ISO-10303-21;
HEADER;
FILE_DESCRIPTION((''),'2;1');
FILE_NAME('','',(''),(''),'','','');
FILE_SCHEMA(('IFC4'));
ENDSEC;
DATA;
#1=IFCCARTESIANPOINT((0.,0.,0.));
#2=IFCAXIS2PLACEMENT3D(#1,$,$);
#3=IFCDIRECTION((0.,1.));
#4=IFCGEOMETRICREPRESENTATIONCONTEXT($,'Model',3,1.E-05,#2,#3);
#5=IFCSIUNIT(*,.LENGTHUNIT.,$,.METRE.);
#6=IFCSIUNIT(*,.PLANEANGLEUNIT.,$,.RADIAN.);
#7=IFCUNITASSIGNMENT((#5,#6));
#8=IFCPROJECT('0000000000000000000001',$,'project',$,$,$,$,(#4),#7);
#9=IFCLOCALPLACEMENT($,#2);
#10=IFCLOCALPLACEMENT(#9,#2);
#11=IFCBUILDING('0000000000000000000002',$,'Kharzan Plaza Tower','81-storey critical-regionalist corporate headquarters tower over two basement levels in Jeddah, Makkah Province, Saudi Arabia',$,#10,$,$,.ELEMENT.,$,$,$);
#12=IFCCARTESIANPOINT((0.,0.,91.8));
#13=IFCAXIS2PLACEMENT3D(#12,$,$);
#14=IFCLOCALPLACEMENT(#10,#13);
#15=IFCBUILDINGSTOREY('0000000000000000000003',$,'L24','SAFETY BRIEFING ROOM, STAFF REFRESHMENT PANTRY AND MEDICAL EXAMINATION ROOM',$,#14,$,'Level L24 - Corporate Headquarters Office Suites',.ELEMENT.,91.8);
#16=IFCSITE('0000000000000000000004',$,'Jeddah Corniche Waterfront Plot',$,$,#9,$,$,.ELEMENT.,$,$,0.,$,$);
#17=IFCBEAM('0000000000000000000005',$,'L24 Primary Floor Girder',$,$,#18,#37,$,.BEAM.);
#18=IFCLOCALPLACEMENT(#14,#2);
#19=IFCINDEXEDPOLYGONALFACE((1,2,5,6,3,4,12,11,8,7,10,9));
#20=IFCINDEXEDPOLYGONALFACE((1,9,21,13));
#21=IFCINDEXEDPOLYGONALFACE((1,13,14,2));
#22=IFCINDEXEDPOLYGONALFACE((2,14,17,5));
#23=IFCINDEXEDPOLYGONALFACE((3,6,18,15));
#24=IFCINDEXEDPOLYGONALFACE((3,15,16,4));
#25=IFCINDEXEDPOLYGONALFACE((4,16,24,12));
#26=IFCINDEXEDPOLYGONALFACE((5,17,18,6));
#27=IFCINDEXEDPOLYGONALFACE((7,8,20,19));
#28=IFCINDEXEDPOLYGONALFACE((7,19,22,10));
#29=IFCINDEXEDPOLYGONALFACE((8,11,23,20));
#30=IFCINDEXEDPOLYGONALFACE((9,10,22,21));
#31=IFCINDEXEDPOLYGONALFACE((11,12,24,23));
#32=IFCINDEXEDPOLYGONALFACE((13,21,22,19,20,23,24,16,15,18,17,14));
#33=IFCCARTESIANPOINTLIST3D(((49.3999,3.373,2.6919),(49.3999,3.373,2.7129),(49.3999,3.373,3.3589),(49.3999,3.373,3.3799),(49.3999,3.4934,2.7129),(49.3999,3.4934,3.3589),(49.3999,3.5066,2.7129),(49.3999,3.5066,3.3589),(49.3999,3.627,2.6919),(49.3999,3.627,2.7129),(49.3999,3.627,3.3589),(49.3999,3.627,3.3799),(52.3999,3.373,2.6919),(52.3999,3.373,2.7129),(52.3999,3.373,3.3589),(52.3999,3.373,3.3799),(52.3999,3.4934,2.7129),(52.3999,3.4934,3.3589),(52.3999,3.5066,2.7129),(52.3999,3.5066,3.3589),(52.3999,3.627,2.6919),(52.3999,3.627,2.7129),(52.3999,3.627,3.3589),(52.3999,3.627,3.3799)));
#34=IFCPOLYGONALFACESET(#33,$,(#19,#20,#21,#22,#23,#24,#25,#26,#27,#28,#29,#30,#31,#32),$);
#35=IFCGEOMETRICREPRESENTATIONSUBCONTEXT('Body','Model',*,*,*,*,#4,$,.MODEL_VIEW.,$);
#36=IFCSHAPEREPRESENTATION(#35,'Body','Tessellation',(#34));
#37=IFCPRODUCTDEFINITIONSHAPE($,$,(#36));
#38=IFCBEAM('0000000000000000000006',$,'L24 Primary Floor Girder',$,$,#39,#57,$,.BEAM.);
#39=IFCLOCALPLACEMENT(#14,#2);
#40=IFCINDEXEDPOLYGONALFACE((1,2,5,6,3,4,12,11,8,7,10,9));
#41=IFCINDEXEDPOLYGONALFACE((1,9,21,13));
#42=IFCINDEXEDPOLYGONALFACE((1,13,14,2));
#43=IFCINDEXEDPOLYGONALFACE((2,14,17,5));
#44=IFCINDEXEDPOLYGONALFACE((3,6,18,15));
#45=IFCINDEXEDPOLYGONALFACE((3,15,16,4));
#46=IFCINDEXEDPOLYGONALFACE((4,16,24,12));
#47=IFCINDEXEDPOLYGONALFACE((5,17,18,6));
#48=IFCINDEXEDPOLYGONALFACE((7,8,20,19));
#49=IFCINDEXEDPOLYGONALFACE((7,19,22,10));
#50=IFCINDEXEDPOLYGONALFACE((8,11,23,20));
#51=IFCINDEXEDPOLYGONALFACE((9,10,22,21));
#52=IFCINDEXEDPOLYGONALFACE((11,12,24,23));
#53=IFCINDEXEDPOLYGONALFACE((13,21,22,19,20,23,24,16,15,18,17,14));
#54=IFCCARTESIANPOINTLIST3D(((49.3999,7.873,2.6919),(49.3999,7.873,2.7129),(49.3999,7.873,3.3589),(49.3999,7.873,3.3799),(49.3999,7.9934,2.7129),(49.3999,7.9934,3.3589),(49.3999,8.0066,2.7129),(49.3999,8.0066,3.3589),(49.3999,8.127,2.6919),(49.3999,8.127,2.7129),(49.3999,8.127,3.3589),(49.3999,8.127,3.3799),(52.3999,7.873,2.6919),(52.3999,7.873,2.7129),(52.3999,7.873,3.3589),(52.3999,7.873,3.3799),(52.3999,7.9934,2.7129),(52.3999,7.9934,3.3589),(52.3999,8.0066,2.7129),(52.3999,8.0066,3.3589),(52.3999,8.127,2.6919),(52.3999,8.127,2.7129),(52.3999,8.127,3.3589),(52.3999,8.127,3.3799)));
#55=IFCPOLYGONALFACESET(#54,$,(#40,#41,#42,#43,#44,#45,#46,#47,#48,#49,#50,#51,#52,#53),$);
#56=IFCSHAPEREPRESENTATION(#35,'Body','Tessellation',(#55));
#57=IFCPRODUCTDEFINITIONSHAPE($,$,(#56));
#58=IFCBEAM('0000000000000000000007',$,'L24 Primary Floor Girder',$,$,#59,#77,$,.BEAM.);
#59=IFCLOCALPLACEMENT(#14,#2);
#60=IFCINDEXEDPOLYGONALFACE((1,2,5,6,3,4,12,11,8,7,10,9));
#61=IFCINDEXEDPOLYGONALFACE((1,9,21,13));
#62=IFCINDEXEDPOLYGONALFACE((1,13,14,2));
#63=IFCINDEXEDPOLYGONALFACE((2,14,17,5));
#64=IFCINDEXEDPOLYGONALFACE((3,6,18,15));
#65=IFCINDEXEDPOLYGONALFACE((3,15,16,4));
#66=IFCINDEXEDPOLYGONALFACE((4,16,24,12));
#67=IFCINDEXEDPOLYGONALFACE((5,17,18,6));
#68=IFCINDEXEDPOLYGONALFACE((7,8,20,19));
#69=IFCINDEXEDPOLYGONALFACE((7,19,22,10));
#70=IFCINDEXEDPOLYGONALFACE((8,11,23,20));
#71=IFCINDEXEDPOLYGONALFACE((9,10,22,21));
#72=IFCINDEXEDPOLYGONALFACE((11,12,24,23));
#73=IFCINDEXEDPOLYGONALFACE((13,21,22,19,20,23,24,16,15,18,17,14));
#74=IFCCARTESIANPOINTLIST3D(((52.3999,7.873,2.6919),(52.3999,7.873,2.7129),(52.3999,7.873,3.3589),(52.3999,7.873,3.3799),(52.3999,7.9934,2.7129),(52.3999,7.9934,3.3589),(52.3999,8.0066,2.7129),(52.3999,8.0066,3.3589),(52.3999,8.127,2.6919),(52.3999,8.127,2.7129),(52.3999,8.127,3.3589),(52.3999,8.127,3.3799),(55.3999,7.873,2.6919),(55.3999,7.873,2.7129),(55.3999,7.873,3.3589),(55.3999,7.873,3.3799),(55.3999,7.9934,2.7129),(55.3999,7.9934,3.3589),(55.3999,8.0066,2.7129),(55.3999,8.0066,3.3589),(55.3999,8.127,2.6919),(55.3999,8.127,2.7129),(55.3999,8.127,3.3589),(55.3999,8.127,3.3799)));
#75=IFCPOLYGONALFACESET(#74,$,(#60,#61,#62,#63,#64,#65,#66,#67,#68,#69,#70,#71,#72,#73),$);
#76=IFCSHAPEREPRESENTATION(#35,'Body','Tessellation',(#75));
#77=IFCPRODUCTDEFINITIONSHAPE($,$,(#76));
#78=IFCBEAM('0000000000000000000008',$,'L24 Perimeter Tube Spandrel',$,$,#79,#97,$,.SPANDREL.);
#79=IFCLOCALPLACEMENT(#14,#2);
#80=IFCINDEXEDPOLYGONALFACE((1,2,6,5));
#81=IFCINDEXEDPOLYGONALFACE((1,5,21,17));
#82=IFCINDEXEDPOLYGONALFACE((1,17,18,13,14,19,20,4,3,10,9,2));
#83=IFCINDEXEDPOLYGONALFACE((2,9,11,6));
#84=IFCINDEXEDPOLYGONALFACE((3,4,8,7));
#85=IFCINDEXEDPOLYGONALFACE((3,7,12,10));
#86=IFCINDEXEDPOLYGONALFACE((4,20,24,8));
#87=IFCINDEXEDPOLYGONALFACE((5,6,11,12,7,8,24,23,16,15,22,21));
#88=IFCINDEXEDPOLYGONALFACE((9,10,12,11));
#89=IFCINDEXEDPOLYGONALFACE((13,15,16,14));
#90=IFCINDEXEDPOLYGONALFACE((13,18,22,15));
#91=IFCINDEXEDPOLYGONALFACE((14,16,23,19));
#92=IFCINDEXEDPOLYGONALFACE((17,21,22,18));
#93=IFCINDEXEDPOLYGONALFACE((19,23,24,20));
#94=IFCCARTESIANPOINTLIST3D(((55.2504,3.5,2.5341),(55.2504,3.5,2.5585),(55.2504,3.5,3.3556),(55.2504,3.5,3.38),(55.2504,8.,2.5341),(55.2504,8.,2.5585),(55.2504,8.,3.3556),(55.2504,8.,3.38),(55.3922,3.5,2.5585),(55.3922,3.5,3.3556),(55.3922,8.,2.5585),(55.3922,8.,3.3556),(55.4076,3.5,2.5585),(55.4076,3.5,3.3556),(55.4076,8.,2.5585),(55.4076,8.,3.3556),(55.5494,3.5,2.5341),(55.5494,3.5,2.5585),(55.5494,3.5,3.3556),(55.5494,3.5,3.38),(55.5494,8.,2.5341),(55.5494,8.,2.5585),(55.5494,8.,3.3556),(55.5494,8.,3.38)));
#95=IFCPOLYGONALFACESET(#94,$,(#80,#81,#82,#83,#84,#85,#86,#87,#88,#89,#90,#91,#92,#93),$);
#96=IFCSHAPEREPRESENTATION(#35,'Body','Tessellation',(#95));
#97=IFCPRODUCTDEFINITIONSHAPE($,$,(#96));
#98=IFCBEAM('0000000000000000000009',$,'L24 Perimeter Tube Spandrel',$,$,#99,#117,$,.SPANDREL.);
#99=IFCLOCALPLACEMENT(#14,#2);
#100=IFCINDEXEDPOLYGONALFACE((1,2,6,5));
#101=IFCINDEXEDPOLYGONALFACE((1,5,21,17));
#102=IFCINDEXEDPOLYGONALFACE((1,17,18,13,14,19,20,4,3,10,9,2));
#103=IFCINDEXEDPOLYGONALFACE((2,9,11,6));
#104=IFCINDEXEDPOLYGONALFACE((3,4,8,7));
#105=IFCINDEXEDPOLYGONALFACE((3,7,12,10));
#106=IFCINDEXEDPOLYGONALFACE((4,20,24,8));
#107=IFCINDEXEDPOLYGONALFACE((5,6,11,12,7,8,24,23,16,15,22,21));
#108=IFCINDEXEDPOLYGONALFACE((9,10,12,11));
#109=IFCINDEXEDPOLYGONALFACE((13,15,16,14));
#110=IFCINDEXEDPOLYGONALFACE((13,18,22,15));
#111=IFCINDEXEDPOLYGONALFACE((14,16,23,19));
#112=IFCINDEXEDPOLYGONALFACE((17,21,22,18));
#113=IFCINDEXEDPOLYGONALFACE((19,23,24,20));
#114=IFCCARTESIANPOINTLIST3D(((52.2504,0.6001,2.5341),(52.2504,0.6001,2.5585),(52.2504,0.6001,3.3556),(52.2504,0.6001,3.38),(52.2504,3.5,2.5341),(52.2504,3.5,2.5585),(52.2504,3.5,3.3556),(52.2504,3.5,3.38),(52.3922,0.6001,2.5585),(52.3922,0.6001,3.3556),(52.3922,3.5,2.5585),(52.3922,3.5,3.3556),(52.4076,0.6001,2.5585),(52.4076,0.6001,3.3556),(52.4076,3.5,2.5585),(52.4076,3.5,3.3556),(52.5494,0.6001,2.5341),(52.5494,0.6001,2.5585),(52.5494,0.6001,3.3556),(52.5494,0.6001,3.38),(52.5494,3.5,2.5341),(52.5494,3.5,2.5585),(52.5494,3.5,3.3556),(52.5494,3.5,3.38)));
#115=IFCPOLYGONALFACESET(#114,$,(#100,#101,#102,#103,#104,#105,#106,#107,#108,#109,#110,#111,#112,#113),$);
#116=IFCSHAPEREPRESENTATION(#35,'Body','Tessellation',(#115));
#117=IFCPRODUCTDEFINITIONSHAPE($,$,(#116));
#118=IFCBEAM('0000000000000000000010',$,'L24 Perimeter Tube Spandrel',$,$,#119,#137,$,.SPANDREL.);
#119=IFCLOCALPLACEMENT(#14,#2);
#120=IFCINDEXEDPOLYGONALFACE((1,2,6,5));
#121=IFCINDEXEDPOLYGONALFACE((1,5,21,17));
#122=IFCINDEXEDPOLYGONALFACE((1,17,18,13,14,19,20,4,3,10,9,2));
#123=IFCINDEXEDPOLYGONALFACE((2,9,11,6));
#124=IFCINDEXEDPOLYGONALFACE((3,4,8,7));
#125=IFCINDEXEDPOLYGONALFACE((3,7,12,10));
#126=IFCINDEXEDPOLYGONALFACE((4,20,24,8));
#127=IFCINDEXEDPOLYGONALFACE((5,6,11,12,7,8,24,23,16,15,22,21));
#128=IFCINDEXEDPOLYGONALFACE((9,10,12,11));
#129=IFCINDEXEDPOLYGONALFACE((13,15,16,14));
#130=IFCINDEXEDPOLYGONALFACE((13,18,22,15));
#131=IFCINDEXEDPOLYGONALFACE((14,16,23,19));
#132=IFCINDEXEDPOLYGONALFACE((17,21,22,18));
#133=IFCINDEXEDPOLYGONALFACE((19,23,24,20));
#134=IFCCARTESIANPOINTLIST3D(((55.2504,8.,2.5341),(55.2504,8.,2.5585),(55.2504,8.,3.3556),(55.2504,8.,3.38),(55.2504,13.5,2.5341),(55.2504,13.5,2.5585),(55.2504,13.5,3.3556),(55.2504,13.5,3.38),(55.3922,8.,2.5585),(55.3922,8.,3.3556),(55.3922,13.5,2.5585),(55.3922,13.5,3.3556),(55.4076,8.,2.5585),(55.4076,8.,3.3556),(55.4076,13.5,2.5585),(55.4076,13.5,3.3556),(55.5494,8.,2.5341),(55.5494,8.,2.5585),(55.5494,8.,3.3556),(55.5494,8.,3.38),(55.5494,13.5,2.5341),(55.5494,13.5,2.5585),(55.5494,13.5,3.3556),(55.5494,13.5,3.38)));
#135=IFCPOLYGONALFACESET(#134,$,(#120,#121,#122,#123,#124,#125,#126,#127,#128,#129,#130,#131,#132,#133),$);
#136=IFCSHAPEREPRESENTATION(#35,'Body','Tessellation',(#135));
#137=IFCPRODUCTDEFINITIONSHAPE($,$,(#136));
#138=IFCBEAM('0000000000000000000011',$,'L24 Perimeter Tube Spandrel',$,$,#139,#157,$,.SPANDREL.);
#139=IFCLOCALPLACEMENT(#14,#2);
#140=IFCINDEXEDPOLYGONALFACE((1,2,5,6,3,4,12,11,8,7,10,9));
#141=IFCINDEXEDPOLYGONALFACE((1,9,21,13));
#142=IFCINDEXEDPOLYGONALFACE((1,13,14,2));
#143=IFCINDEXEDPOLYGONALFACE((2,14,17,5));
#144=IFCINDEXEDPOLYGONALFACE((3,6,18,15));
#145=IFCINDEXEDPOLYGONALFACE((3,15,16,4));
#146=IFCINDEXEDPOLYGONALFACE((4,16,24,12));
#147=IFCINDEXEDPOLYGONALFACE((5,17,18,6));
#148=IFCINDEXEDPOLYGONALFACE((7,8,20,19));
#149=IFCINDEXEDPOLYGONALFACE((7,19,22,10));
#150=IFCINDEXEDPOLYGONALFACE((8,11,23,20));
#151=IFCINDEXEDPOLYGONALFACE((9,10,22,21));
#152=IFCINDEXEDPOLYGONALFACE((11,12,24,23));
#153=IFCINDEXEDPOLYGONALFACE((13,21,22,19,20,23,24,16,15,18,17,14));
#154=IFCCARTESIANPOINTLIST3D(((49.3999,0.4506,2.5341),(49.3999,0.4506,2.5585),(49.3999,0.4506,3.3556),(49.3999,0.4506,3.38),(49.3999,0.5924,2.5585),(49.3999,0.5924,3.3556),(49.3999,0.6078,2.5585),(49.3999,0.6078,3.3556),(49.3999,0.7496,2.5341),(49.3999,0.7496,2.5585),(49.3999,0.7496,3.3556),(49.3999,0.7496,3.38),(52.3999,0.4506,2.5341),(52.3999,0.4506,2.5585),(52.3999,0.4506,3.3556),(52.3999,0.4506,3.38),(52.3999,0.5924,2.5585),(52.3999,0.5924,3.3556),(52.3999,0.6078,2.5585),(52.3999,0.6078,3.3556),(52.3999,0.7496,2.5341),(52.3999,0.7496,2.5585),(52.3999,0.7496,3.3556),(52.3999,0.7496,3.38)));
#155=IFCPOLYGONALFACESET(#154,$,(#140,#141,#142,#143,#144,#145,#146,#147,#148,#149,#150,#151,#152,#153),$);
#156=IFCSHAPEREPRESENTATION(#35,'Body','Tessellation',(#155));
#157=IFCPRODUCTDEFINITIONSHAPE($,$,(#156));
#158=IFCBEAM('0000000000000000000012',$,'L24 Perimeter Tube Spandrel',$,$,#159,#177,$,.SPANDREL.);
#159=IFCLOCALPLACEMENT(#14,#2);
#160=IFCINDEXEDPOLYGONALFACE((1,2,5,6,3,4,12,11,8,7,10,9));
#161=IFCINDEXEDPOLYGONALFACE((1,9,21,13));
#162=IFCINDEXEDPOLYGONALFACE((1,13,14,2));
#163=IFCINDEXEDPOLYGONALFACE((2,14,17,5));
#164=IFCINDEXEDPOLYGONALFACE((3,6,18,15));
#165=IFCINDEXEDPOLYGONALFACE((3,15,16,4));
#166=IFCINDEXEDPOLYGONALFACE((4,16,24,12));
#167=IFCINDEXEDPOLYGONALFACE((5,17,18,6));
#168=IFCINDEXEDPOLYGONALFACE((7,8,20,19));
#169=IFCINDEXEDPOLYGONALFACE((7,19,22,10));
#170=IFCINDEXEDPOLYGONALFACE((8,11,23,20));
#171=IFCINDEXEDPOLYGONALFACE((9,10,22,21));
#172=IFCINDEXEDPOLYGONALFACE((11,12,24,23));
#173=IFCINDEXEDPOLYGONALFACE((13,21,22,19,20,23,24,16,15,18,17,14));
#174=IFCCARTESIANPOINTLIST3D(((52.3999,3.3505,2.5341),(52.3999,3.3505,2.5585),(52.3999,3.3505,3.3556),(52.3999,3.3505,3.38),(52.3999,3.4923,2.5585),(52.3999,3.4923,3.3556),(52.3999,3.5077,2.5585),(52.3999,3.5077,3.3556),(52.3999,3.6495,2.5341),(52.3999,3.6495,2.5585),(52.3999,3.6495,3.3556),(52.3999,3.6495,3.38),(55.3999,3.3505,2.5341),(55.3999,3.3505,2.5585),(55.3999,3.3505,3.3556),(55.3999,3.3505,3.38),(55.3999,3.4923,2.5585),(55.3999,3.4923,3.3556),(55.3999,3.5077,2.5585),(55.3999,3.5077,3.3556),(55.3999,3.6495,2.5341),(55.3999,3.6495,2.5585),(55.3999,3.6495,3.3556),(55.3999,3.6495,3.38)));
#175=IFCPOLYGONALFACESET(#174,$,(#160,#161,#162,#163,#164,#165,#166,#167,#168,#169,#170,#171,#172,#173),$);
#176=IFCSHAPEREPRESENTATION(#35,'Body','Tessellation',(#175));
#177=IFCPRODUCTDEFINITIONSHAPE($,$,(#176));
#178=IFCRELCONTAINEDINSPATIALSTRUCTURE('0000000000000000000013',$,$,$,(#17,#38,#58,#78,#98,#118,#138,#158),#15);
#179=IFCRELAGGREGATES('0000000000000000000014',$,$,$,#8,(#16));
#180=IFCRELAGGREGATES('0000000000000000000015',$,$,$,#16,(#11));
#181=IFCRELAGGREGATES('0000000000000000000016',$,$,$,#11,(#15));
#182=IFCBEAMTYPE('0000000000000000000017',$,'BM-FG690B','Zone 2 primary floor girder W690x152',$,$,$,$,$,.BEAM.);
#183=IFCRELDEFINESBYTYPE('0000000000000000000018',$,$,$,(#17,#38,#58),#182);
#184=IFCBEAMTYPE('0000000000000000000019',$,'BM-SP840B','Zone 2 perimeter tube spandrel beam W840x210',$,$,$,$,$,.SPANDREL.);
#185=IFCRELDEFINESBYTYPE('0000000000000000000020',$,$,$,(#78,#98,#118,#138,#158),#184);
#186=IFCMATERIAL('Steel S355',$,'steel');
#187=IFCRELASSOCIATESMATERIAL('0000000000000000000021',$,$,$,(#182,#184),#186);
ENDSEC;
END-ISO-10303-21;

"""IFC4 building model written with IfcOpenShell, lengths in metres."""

from ifc_helpers import new_model, si_unit, direction, frame, origin, origin_2d, place, context, subcontext, project, spatial, i_section, extrude, source, transform, mapped, material, material_profile, profile_set, type_object, element, save


model = new_model("IFC4")

# Units and contexts
model_context = context("Model", 3, precision=1e-05, world=origin(), true_north=direction((0.0, 1.0)))
body_context = subcontext(model_context, "Body", "Model", "MODEL_VIEW")
ifc_project = project(units=[si_unit("LENGTHUNIT", "METRE"), si_unit("PLANEANGLEUNIT", "RADIAN")], contexts=[model_context])

# Site, building, storey
site_placement = place(None, origin())
site = spatial("IfcSite", under=ifc_project, at=site_placement, Name="Jeddah Corniche Waterfront Plot", CompositionType="ELEMENT", RefElevation=0.0)
building_placement = place(site_placement, origin())
building = spatial("IfcBuilding", under=site, at=building_placement, Name="Kharzan Plaza Tower", Description="81-storey critical-regionalist corporate headquarters tower over two basement levels in Jeddah, Makkah Province, Saudi Arabia", CompositionType="ELEMENT")
storey_placement = place(building_placement, frame((0.0, 0.0, 91.8)))
storey = spatial("IfcBuildingStorey", under=building, at=storey_placement, Name="L24", Description="SAFETY BRIEFING ROOM, STAFF REFRESHMENT PANTRY AND MEDICAL EXAMINATION ROOM", LongName="Level L24 - Corporate Headquarters Office Suites", CompositionType="ELEMENT", Elevation=91.8)

# Beams
ifc_material_1 = material(Name="Steel S355", Category="steel")
ifc_material_profile_1 = material_profile(ifc_material_1, i_section(OverallWidth=0.2539, OverallDepth=0.688, WebThickness=0.0132, FlangeThickness=0.021, at=origin_2d()), Name="W690x152")
ifc_profile_set_1 = profile_set([ifc_material_profile_1], Name="Steel S355")
beam_type_1 = type_object("IfcBeamType", Name="BM-FG690B", Description="Zone 2 primary floor girder W690x152", PredefinedType="BEAM", material=ifc_profile_set_1)
shared_shape_1 = source(origin(), body_context, "Body", "SweptSolid", [
    extrude(i_section(OverallWidth=0.2539, OverallDepth=0.688, WebThickness=0.0132, FlangeThickness=0.021, at=origin_2d()), origin(), (0.0, 0.0, 1.0), 3.0),
])
for number, where, z_axis, x_axis, name in (
    (1, (49.3999, 3.5, 3.0359), (1.0, 0.0, 0.0), (0.0, 1.0, 0.0), "L24 Primary Floor Girder"),
    (2, (49.3999, 8.0, 3.0359), (1.0, 0.0, 0.0), (0.0, 1.0, 0.0), "L24 Primary Floor Girder"),
    (3, (52.3999, 8.0, 3.0359), (1.0, 0.0, 0.0), (0.0, 1.0, 0.0), "L24 Primary Floor Girder"),
):
    element("IfcBeam", number, at=place(storey_placement, frame(where, z_axis=z_axis, x_axis=x_axis)), inside=storey, type_object=beam_type_1, Name=name, PredefinedType="BEAM", context=body_context, shape_type="MappedRepresentation", body=[
        mapped(shared_shape_1, transform((0.0, 0.0, 0.0), x_axis=(1.0, 0.0, 0.0), y_axis=(0.0, 1.0, 0.0), z_axis=(0.0, 0.0, 1.0))),
    ])
ifc_material_profile_2 = material_profile(ifc_material_1, i_section(OverallWidth=0.2991, OverallDepth=0.8459, WebThickness=0.0154, FlangeThickness=0.0244, at=origin_2d()), Name="W840x210")
ifc_profile_set_2 = profile_set([ifc_material_profile_2], Name="Steel S355")
beam_type_2 = type_object("IfcBeamType", Name="BM-SP840B", Description="Zone 2 perimeter tube spandrel beam W840x210", PredefinedType="SPANDREL", material=ifc_profile_set_2)
shared_shape_2 = source(origin(), body_context, "Body", "SweptSolid", [
    extrude(i_section(OverallWidth=0.2991, OverallDepth=0.8459, WebThickness=0.0154, FlangeThickness=0.0244, at=origin_2d()), origin(), (0.0, 0.0, 1.0), 4.5),
])
beam_1_placement = place(storey_placement, frame((55.3999, 3.5, 2.957), z_axis=(0.0, 1.0, 0.0), x_axis=(-1.0, 0.0, 0.0)))
element("IfcBeam", 4, at=beam_1_placement, inside=storey, type_object=beam_type_2, Name="L24 Perimeter Tube Spandrel", PredefinedType="SPANDREL", context=body_context, shape_type="MappedRepresentation", body=[
    mapped(shared_shape_2, transform((0.0, 0.0, 0.0), x_axis=(1.0, 0.0, 0.0), y_axis=(0.0, 1.0, 0.0), z_axis=(0.0, 0.0, 1.0))),
])
shared_shape_3 = source(origin(), body_context, "Body", "SweptSolid", [
    extrude(i_section(OverallWidth=0.2991, OverallDepth=0.8459, WebThickness=0.0154, FlangeThickness=0.0244, at=origin_2d()), origin(), (0.0, 0.0, 1.0), 2.8999),
])
beam_2_placement = place(storey_placement, frame((52.3999, 0.6001, 2.957), z_axis=(0.0, 1.0, 0.0), x_axis=(-1.0, 0.0, 0.0)))
element("IfcBeam", 5, at=beam_2_placement, inside=storey, type_object=beam_type_2, Name="L24 Perimeter Tube Spandrel", PredefinedType="SPANDREL", context=body_context, shape_type="MappedRepresentation", body=[
    mapped(shared_shape_3, transform((0.0, 0.0, 0.0), x_axis=(1.0, 0.0, 0.0), y_axis=(0.0, 1.0, 0.0), z_axis=(0.0, 0.0, 1.0))),
])
shared_shape_4 = source(origin(), body_context, "Body", "SweptSolid", [
    extrude(i_section(OverallWidth=0.2991, OverallDepth=0.8459, WebThickness=0.0154, FlangeThickness=0.0244, at=origin_2d()), origin(), (0.0, 0.0, 1.0), 5.5),
])
beam_3_placement = place(storey_placement, frame((55.3999, 8.0, 2.957), z_axis=(0.0, 1.0, 0.0), x_axis=(-1.0, 0.0, 0.0)))
element("IfcBeam", 6, at=beam_3_placement, inside=storey, type_object=beam_type_2, Name="L24 Perimeter Tube Spandrel", PredefinedType="SPANDREL", context=body_context, shape_type="MappedRepresentation", body=[
    mapped(shared_shape_4, transform((0.0, 0.0, 0.0), x_axis=(1.0, 0.0, 0.0), y_axis=(0.0, 1.0, 0.0), z_axis=(0.0, 0.0, 1.0))),
])
shared_shape_5 = source(origin(), body_context, "Body", "SweptSolid", [
    extrude(i_section(OverallWidth=0.2991, OverallDepth=0.8459, WebThickness=0.0154, FlangeThickness=0.0244, at=origin_2d()), origin(), (0.0, 0.0, 1.0), 3.0),
])
for number, where, z_axis, x_axis, name in (
    (7, (49.3999, 0.6001, 2.957), (1.0, 0.0, 0.0), (0.0, 1.0, 0.0), "L24 Perimeter Tube Spandrel"),
    (8, (52.3999, 3.5, 2.957), (1.0, 0.0, 0.0), (0.0, 1.0, 0.0), "L24 Perimeter Tube Spandrel"),
):
    element("IfcBeam", number, at=place(storey_placement, frame(where, z_axis=z_axis, x_axis=x_axis)), inside=storey, type_object=beam_type_2, Name=name, PredefinedType="SPANDREL", context=body_context, shape_type="MappedRepresentation", body=[
        mapped(shared_shape_5, transform((0.0, 0.0, 0.0), x_axis=(1.0, 0.0, 0.0), y_axis=(0.0, 1.0, 0.0), z_axis=(0.0, 0.0, 1.0))),
    ])

save(model, "model.ifc")
